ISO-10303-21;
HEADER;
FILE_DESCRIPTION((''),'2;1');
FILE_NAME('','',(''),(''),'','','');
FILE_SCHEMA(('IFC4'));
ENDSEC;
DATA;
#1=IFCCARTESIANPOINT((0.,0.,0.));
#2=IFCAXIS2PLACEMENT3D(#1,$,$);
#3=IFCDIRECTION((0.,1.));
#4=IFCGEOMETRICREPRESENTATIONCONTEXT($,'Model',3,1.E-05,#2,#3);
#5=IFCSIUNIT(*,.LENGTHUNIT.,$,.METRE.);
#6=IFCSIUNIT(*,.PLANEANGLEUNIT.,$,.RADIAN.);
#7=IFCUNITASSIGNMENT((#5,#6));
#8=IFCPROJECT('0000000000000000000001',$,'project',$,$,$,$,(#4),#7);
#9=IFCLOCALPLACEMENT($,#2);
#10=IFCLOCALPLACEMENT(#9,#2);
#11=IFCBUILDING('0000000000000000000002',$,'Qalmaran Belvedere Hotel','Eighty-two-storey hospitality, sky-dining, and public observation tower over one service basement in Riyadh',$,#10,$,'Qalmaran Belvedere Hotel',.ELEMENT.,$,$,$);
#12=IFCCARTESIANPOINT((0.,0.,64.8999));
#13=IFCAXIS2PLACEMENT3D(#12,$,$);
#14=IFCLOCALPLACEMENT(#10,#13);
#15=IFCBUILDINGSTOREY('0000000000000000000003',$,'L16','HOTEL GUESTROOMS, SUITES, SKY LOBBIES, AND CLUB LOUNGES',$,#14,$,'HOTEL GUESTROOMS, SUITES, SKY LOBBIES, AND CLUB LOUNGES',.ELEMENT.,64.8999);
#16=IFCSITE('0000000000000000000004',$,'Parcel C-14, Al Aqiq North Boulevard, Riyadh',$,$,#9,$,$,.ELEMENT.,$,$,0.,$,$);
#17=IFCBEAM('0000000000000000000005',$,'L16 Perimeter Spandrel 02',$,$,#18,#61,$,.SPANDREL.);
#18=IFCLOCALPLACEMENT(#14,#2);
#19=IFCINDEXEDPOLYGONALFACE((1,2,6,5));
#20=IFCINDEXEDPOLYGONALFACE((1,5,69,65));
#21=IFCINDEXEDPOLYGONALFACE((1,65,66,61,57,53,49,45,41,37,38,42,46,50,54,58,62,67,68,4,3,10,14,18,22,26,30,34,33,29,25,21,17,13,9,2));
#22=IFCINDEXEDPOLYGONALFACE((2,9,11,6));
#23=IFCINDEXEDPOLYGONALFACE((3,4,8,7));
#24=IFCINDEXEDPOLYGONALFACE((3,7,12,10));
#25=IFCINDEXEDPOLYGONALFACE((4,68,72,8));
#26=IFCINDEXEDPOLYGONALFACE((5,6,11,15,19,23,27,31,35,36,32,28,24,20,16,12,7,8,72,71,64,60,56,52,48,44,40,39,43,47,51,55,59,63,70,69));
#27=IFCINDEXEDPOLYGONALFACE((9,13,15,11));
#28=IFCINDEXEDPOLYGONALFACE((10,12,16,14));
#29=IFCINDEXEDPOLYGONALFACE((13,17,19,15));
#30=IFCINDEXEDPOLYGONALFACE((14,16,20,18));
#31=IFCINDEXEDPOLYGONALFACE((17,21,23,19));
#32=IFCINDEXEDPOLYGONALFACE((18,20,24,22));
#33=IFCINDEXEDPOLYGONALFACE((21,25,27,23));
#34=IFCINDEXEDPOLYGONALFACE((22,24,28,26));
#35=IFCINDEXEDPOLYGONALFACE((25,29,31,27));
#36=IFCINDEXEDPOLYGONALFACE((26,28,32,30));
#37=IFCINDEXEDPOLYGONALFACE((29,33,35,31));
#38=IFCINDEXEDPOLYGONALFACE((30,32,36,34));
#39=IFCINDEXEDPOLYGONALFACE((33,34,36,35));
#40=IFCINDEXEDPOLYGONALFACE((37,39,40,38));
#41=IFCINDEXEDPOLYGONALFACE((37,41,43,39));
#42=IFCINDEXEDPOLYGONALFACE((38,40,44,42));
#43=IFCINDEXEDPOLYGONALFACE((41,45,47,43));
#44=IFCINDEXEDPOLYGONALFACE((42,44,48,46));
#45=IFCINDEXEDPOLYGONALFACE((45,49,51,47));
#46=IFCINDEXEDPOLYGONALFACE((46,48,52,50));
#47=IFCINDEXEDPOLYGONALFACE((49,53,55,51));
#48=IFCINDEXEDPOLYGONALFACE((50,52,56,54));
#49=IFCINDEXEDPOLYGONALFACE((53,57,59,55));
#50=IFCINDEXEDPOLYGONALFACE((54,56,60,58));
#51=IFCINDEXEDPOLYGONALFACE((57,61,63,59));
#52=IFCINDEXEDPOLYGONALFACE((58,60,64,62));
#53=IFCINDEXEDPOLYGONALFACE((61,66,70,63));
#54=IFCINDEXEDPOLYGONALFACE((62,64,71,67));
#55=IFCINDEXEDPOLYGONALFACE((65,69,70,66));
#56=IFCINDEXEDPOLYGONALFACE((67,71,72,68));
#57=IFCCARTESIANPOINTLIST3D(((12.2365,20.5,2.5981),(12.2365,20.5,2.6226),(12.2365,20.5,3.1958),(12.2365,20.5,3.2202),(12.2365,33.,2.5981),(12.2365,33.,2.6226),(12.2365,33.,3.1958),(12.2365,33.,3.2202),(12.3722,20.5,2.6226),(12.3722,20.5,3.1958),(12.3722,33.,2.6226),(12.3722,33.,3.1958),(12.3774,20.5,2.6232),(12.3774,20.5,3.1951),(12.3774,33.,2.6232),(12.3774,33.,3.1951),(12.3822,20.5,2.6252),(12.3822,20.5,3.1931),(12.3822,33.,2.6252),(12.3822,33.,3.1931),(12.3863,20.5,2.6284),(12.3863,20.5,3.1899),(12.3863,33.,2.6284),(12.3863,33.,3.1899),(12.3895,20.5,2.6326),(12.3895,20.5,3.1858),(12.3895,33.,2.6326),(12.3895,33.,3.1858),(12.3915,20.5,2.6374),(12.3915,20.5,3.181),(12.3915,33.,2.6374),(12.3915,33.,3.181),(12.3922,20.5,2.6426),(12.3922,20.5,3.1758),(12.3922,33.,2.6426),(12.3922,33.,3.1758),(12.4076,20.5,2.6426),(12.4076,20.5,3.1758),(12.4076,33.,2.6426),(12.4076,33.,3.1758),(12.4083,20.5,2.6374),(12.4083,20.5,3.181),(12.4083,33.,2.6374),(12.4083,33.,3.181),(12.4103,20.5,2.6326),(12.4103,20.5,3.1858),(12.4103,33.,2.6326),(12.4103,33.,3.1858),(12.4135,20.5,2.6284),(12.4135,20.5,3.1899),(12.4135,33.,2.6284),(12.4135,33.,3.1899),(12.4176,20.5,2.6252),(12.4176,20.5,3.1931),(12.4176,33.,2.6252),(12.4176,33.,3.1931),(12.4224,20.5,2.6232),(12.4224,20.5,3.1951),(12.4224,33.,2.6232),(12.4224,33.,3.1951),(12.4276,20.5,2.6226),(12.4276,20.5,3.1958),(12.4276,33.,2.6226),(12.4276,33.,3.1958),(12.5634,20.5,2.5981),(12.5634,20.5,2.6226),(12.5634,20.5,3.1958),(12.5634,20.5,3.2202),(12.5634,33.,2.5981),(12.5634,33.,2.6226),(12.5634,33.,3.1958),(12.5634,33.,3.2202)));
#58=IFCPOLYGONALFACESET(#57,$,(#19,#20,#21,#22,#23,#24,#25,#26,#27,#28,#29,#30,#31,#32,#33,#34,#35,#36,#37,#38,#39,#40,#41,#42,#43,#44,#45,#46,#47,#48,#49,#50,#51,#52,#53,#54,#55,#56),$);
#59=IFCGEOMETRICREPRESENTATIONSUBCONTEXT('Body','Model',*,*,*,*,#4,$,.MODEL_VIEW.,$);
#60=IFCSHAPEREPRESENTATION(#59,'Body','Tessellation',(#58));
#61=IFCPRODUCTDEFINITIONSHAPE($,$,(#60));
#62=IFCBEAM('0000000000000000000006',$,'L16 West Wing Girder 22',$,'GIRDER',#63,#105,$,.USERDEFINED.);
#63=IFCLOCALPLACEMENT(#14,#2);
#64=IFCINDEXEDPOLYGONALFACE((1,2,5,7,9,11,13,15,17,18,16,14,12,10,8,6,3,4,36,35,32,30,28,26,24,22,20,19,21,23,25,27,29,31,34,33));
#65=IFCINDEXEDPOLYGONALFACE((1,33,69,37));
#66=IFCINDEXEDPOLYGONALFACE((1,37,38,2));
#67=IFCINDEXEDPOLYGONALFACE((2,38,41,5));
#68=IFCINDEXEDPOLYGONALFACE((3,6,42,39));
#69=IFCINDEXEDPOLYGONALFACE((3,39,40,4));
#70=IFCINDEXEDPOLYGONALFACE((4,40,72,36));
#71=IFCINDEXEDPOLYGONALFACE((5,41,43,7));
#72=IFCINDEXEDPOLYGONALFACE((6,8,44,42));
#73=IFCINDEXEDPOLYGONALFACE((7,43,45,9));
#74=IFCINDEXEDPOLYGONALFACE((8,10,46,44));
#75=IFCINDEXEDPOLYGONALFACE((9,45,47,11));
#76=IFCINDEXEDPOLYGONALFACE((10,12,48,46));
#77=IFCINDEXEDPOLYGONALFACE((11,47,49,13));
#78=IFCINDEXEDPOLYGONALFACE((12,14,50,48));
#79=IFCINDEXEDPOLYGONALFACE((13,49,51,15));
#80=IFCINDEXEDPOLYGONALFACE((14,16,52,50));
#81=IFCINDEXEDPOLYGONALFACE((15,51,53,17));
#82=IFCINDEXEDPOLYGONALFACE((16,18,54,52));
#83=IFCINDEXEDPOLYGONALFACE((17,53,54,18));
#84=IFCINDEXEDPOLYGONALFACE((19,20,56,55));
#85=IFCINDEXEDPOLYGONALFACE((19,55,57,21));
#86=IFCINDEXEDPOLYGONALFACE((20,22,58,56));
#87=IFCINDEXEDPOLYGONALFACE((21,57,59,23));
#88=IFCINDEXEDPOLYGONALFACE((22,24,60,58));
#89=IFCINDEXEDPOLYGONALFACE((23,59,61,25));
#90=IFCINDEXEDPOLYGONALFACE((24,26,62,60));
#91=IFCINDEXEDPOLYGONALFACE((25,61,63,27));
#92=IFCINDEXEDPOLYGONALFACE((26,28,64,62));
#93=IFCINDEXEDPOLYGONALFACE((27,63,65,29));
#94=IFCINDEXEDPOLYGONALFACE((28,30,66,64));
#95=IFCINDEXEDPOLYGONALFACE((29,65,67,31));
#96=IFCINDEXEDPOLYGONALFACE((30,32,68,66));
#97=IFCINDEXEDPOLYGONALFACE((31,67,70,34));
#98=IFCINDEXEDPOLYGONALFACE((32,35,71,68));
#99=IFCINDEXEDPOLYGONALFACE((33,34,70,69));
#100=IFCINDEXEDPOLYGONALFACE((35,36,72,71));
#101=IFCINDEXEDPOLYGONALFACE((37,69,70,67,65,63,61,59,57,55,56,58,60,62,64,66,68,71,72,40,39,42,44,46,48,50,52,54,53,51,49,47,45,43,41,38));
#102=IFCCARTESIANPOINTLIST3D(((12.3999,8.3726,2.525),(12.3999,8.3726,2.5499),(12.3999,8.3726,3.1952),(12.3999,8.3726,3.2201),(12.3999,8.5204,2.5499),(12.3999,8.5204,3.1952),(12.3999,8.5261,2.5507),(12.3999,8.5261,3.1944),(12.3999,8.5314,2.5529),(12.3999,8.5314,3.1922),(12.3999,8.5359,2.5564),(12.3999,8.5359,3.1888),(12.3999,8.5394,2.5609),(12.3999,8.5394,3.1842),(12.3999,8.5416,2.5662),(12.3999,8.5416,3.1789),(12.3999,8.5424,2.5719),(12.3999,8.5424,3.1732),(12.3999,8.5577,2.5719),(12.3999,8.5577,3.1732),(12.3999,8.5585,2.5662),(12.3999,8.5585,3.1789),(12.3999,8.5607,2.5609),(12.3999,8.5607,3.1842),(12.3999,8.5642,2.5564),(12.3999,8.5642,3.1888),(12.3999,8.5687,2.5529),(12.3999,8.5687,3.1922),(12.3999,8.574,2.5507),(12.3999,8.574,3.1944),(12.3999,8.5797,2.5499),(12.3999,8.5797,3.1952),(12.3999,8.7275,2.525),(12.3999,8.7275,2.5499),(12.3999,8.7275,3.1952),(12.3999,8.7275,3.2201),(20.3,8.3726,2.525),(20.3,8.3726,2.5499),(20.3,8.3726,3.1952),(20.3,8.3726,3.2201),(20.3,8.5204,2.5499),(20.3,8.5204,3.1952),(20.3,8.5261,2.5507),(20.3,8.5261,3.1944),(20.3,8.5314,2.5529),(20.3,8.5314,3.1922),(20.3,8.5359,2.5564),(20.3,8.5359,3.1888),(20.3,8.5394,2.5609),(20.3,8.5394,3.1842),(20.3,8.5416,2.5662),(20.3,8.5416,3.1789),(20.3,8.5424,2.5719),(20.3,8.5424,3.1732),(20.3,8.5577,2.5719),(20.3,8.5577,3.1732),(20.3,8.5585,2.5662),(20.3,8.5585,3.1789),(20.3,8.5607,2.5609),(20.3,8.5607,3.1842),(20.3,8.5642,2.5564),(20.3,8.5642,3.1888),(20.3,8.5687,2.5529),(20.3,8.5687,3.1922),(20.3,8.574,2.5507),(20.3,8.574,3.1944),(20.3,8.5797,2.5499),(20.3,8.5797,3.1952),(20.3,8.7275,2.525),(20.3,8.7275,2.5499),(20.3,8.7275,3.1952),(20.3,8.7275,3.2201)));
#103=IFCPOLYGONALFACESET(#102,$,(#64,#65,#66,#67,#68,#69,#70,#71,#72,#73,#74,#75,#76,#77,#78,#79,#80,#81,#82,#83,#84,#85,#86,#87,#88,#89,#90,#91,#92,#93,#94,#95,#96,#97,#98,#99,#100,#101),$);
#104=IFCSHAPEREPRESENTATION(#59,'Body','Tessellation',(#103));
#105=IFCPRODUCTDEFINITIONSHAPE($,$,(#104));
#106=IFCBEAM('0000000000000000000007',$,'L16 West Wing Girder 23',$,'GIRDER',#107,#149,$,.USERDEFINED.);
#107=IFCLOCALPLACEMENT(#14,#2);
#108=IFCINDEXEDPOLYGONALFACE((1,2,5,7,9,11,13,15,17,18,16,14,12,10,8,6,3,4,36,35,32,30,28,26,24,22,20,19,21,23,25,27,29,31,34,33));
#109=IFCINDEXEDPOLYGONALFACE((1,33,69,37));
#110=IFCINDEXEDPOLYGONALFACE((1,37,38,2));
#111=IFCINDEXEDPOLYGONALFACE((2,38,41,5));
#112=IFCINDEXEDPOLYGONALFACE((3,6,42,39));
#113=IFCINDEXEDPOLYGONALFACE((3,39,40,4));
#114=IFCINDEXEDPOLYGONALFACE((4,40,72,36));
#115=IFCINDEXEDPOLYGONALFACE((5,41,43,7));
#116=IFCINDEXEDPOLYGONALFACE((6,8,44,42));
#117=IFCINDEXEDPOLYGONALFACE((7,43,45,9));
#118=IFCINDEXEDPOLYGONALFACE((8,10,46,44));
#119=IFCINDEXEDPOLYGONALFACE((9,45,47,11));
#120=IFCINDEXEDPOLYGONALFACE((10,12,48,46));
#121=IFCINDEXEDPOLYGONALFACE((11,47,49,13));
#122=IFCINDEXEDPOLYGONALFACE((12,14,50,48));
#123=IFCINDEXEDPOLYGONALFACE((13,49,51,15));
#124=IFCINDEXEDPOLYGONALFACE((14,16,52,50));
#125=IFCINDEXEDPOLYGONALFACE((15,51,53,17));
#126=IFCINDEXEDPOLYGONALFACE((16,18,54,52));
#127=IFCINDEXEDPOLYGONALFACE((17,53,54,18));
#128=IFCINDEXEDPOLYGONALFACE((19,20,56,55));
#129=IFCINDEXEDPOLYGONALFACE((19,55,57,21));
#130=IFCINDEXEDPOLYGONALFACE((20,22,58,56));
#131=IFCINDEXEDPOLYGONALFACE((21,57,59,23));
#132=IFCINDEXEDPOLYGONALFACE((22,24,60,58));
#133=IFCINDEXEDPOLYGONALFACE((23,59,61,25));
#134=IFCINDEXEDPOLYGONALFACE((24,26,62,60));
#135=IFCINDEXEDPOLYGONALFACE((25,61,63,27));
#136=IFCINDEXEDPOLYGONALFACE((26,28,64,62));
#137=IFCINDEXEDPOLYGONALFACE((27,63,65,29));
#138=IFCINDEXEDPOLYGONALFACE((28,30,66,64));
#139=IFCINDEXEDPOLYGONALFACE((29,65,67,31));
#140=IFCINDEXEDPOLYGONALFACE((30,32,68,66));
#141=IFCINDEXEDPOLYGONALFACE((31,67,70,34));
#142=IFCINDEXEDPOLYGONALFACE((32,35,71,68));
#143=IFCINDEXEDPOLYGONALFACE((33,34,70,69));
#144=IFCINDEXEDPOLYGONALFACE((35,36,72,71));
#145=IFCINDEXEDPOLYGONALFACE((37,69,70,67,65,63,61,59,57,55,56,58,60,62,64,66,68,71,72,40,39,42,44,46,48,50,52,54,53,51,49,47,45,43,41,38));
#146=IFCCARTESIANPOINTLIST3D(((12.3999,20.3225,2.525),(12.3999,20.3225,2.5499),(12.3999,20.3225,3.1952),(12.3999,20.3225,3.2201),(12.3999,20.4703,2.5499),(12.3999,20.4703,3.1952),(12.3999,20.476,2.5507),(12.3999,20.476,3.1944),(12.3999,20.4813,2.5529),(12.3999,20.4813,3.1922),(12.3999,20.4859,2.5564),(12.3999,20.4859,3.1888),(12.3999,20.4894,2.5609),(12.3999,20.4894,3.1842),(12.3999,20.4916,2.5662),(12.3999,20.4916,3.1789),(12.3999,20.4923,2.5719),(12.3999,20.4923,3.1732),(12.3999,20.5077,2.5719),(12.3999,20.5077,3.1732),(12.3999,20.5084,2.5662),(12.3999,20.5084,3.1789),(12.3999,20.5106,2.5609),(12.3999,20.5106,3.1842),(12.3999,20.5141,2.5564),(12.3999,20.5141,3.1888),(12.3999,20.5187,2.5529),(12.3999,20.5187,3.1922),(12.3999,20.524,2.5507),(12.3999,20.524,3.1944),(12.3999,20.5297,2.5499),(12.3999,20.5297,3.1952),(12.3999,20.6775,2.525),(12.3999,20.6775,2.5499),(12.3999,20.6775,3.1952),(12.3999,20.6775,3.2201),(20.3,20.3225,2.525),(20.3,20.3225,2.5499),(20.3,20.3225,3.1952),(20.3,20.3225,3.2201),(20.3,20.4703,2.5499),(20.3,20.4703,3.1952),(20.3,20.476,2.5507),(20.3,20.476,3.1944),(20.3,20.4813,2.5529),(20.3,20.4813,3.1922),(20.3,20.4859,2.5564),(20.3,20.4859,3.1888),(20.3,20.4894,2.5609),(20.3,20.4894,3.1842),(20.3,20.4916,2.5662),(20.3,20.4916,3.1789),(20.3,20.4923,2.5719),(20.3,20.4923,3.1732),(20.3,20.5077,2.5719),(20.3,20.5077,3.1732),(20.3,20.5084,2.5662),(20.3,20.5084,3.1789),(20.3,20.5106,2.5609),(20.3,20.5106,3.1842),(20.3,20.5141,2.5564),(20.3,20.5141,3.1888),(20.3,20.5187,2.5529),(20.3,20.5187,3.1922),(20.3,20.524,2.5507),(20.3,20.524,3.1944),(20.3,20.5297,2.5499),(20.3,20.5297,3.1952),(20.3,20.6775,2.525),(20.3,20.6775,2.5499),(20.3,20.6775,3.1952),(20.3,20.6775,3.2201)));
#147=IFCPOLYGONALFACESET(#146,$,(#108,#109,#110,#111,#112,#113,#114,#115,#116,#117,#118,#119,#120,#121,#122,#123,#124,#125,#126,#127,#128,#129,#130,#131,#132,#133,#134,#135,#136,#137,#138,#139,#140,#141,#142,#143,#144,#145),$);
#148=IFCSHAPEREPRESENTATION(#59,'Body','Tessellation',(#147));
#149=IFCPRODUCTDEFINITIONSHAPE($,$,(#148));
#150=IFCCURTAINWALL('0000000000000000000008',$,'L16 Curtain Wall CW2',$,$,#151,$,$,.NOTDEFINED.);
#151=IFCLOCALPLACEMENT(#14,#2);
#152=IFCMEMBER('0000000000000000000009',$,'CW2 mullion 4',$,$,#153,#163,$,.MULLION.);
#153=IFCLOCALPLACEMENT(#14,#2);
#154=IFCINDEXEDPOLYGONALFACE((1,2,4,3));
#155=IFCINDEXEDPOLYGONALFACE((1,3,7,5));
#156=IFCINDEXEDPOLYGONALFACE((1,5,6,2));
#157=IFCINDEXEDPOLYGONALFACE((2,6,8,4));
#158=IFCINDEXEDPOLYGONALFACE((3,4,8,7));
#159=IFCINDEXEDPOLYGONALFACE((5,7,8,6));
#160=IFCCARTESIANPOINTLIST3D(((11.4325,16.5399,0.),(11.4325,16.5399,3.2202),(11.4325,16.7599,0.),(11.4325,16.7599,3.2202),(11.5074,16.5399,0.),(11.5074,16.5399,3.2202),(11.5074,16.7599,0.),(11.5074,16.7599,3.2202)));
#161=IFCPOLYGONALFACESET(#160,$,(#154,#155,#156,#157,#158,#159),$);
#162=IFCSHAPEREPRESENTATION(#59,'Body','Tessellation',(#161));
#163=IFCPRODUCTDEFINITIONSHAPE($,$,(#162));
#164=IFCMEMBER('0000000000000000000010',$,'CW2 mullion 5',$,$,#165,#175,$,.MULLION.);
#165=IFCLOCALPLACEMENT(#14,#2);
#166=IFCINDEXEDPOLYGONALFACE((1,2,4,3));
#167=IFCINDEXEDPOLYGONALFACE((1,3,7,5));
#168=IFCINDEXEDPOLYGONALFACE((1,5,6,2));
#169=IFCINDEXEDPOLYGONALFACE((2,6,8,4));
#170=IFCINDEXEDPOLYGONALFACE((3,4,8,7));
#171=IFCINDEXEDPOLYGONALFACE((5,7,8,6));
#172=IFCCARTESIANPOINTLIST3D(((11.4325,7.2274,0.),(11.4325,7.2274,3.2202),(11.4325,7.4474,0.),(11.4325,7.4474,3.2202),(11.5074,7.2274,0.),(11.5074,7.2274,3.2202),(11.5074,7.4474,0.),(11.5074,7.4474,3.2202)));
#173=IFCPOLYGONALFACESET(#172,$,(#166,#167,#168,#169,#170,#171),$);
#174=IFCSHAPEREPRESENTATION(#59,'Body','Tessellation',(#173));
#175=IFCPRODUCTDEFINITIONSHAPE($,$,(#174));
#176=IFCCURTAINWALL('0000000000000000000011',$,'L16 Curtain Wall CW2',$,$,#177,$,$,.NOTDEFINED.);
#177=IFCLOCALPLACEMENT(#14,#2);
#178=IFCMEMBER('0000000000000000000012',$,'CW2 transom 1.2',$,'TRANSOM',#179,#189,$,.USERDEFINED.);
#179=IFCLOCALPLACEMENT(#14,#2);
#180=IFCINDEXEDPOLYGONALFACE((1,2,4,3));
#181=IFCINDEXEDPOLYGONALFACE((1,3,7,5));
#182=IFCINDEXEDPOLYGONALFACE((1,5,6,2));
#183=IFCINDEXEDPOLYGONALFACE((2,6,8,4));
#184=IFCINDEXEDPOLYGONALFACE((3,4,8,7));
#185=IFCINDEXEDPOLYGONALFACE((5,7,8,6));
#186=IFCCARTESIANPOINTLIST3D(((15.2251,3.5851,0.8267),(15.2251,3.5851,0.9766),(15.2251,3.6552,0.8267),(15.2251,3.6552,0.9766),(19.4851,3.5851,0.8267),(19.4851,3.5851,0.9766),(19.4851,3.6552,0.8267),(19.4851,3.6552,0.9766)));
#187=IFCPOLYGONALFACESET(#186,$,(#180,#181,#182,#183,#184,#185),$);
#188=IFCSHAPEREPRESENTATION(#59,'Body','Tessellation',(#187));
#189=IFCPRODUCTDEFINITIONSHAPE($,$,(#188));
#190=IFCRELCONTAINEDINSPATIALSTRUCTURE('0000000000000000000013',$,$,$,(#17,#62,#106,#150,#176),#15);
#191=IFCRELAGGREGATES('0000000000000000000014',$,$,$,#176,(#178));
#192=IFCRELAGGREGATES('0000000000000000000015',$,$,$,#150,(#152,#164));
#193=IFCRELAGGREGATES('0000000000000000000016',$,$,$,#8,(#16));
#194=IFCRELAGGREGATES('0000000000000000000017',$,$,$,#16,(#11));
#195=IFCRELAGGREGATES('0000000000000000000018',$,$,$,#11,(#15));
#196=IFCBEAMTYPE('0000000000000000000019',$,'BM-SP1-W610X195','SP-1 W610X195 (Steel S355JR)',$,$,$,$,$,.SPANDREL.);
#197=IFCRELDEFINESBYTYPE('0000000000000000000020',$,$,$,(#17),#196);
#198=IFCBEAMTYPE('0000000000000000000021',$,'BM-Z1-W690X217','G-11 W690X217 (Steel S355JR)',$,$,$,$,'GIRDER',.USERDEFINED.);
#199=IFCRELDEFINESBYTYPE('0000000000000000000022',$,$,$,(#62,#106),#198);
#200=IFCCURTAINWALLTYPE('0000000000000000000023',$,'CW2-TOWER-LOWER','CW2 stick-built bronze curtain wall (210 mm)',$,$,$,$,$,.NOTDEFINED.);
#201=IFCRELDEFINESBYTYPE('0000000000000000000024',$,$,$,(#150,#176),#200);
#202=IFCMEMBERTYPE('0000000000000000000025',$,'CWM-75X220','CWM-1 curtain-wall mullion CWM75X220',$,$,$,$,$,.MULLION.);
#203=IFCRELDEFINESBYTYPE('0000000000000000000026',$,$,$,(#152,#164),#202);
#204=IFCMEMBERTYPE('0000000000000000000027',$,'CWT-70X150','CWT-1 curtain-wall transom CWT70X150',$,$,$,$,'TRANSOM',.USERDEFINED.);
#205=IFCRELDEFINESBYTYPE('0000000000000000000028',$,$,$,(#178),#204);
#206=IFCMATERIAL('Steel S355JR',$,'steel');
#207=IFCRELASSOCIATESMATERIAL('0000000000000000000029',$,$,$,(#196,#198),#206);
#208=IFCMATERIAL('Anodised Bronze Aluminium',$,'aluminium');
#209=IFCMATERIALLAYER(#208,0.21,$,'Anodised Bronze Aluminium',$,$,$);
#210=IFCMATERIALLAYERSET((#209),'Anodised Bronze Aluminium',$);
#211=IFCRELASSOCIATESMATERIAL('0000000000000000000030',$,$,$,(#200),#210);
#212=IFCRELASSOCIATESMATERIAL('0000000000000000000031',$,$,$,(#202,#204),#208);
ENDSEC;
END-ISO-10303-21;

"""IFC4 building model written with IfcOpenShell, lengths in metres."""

from ifc_helpers import new_model, si_unit, direction, frame, origin, origin_2d, place, context, subcontext, project, spatial, rectangle, i_section, extrude, material, layer, layer_set, material_profile, profile_set, type_object, element, aggregate, save


model = new_model("IFC4")

# Units and contexts
model_context = context("Model", 3, precision=1e-05, world=origin(), true_north=direction((0.0, 1.0)))
body_context = subcontext(model_context, "Body", "Model", "MODEL_VIEW")
ifc_project = project(units=[si_unit("LENGTHUNIT", "METRE"), si_unit("PLANEANGLEUNIT", "RADIAN")], contexts=[model_context])

# Site, building, storey
site_placement = place(None, origin())
site = spatial("IfcSite", under=ifc_project, at=site_placement, Name="Parcel C-14, Al Aqiq North Boulevard, Riyadh", CompositionType="ELEMENT", RefElevation=0.0)
building_placement = place(site_placement, origin())
building = spatial("IfcBuilding", under=site, at=building_placement, Name="Qalmaran Belvedere Hotel", Description="Eighty-two-storey hospitality, sky-dining, and public observation tower over one service basement in Riyadh", LongName="Qalmaran Belvedere Hotel", CompositionType="ELEMENT")
storey_placement = place(building_placement, frame((0.0, 0.0, 64.8999)))
storey = spatial("IfcBuildingStorey", under=building, at=storey_placement, Name="L16", Description="HOTEL GUESTROOMS, SUITES, SKY LOBBIES, AND CLUB LOUNGES", LongName="HOTEL GUESTROOMS, SUITES, SKY LOBBIES, AND CLUB LOUNGES", CompositionType="ELEMENT", Elevation=64.8999)

# Beams
ifc_material_1 = material(Name="Steel S355JR", Category="steel")
ifc_material_profile_1 = material_profile(ifc_material_1, i_section(OverallWidth=0.3269, OverallDepth=0.6221, WebThickness=0.0154, FlangeThickness=0.0244, FilletRadius=0.02, at=origin_2d()), Name="W610X195")
ifc_profile_set_1 = profile_set([ifc_material_profile_1], Name="Steel S355JR")
beam_type_1 = type_object("IfcBeamType", Name="BM-SP1-W610X195", Description="SP-1 W610X195 (Steel S355JR)", PredefinedType="SPANDREL", material=ifc_profile_set_1)
beam_1_placement = place(storey_placement, frame((12.3999, 20.5, 2.9092), z_axis=(0.0, 1.0, 0.0), x_axis=(-1.0, 0.0, 0.0)))
element("IfcBeam", 1, at=beam_1_placement, inside=storey, type_object=beam_type_1, Name="L16 Perimeter Spandrel 02", PredefinedType="SPANDREL", context=body_context, shape_type="SweptSolid", body=[
    extrude(i_section(OverallWidth=0.3269, OverallDepth=0.6221, WebThickness=0.0154, FlangeThickness=0.0244, FilletRadius=0.02, at=origin_2d()), origin(), (0.0, 0.0, 1.0), 12.5),
])
ifc_material_profile_2 = material_profile(ifc_material_1, i_section(OverallWidth=0.355, OverallDepth=0.6951, WebThickness=0.0154, FlangeThickness=0.0249, FilletRadius=0.022, at=origin_2d()), Name="W690X217")
ifc_profile_set_2 = profile_set([ifc_material_profile_2], Name="Steel S355JR")
beam_type_2 = type_object("IfcBeamType", Name="BM-Z1-W690X217", Description="G-11 W690X217 (Steel S355JR)", ElementType="GIRDER", PredefinedType="USERDEFINED", material=ifc_profile_set_2)
for number, where, z_axis, x_axis, name in (
    (2, (12.3999, 8.55, 2.8726), (1.0, 0.0, 0.0), (0.0, 1.0, 0.0), "L16 West Wing Girder 22"),
    (3, (12.3999, 20.5, 2.8726), (1.0, 0.0, 0.0), (0.0, 1.0, 0.0), "L16 West Wing Girder 23"),
):
    element("IfcBeam", number, at=place(storey_placement, frame(where, z_axis=z_axis, x_axis=x_axis)), inside=storey, type_object=beam_type_2, Name=name, ObjectType="GIRDER", PredefinedType="USERDEFINED", context=body_context, shape_type="SweptSolid", body=[
        extrude(i_section(OverallWidth=0.355, OverallDepth=0.6951, WebThickness=0.0154, FlangeThickness=0.0249, FilletRadius=0.022, at=origin_2d()), origin(), (0.0, 0.0, 1.0), 7.9001),
    ])

# Curtain walls, members
ifc_material_2 = material(Name="Anodised Bronze Aluminium", Category="aluminium")
ifc_layer_1 = layer(ifc_material_2, 0.21, Name="Anodised Bronze Aluminium")
ifc_layer_set_1 = layer_set([ifc_layer_1], Name="Anodised Bronze Aluminium")
curtain_wall_type = type_object("IfcCurtainWallType", Name="CW2-TOWER-LOWER", Description="CW2 stick-built bronze curtain wall (210 mm)", PredefinedType="NOTDEFINED", material=ifc_layer_set_1)
curtain_wall_1_placement = place(storey_placement, origin())
curtain_wall_1 = element("IfcCurtainWall", 4, at=curtain_wall_1_placement, inside=storey, type_object=curtain_wall_type, Name="L16 Curtain Wall CW2", PredefinedType="NOTDEFINED")
ifc_material_profile_3 = material_profile(ifc_material_2, rectangle(XDim=0.075, YDim=0.22, at=origin_2d()), Name="CWM75X220")
ifc_profile_set_3 = profile_set([ifc_material_profile_3], Name="Anodised Bronze Aluminium")
member_type_1 = type_object("IfcMemberType", Name="CWM-75X220", Description="CWM-1 curtain-wall mullion CWM75X220", PredefinedType="MULLION", material=ifc_profile_set_3)
member_1_placement = place(storey_placement, frame((11.47, 16.6499, 0.0), z_axis=(0.0, 0.0, 1.0), x_axis=(1.0, 0.0, 0.0)))
member_1 = element("IfcMember", 5, at=member_1_placement, type_object=member_type_1, Name="CW2 mullion 4", PredefinedType="MULLION", context=body_context, shape_type="SweptSolid", body=[
    extrude(rectangle(XDim=0.075, YDim=0.22, at=origin_2d()), origin(), (0.0, 0.0, 1.0), 3.2202),
])
member_2_placement = place(storey_placement, frame((11.47, 7.3374, 0.0), z_axis=(0.0, 0.0, 1.0), x_axis=(1.0, 0.0, 0.0)))
member_2 = element("IfcMember", 6, at=member_2_placement, type_object=member_type_1, Name="CW2 mullion 5", PredefinedType="MULLION", context=body_context, shape_type="SweptSolid", body=[
    extrude(rectangle(XDim=0.075, YDim=0.22, at=origin_2d()), origin(), (0.0, 0.0, 1.0), 3.2202),
])
curtain_wall_2_placement = place(storey_placement, origin())
curtain_wall_2 = element("IfcCurtainWall", 7, at=curtain_wall_2_placement, inside=storey, type_object=curtain_wall_type, Name="L16 Curtain Wall CW2", PredefinedType="NOTDEFINED")
ifc_material_profile_4 = material_profile(ifc_material_2, rectangle(XDim=0.0701, YDim=0.1499, at=origin_2d()), Name="CWT70X150")
ifc_profile_set_4 = profile_set([ifc_material_profile_4], Name="Anodised Bronze Aluminium")
member_type_2 = type_object("IfcMemberType", Name="CWT-70X150", Description="CWT-1 curtain-wall transom CWT70X150", ElementType="TRANSOM", PredefinedType="USERDEFINED", material=ifc_profile_set_4)
member_3_placement = place(storey_placement, frame((15.2251, 3.6201, 0.9016), z_axis=(1.0, 0.0, 0.0), x_axis=(0.0, 1.0, 0.0)))
member_3 = element("IfcMember", 8, at=member_3_placement, type_object=member_type_2, Name="CW2 transom 1.2", ObjectType="TRANSOM", PredefinedType="USERDEFINED", context=body_context, shape_type="SweptSolid", body=[
    extrude(rectangle(XDim=0.0701, YDim=0.1499, at=origin_2d()), origin(), (0.0, 0.0, 1.0), 4.26),
])
aggregate(curtain_wall_2, [member_3])

aggregate(curtain_wall_1, [member_1, member_2])

save(model, "model.ifc")
